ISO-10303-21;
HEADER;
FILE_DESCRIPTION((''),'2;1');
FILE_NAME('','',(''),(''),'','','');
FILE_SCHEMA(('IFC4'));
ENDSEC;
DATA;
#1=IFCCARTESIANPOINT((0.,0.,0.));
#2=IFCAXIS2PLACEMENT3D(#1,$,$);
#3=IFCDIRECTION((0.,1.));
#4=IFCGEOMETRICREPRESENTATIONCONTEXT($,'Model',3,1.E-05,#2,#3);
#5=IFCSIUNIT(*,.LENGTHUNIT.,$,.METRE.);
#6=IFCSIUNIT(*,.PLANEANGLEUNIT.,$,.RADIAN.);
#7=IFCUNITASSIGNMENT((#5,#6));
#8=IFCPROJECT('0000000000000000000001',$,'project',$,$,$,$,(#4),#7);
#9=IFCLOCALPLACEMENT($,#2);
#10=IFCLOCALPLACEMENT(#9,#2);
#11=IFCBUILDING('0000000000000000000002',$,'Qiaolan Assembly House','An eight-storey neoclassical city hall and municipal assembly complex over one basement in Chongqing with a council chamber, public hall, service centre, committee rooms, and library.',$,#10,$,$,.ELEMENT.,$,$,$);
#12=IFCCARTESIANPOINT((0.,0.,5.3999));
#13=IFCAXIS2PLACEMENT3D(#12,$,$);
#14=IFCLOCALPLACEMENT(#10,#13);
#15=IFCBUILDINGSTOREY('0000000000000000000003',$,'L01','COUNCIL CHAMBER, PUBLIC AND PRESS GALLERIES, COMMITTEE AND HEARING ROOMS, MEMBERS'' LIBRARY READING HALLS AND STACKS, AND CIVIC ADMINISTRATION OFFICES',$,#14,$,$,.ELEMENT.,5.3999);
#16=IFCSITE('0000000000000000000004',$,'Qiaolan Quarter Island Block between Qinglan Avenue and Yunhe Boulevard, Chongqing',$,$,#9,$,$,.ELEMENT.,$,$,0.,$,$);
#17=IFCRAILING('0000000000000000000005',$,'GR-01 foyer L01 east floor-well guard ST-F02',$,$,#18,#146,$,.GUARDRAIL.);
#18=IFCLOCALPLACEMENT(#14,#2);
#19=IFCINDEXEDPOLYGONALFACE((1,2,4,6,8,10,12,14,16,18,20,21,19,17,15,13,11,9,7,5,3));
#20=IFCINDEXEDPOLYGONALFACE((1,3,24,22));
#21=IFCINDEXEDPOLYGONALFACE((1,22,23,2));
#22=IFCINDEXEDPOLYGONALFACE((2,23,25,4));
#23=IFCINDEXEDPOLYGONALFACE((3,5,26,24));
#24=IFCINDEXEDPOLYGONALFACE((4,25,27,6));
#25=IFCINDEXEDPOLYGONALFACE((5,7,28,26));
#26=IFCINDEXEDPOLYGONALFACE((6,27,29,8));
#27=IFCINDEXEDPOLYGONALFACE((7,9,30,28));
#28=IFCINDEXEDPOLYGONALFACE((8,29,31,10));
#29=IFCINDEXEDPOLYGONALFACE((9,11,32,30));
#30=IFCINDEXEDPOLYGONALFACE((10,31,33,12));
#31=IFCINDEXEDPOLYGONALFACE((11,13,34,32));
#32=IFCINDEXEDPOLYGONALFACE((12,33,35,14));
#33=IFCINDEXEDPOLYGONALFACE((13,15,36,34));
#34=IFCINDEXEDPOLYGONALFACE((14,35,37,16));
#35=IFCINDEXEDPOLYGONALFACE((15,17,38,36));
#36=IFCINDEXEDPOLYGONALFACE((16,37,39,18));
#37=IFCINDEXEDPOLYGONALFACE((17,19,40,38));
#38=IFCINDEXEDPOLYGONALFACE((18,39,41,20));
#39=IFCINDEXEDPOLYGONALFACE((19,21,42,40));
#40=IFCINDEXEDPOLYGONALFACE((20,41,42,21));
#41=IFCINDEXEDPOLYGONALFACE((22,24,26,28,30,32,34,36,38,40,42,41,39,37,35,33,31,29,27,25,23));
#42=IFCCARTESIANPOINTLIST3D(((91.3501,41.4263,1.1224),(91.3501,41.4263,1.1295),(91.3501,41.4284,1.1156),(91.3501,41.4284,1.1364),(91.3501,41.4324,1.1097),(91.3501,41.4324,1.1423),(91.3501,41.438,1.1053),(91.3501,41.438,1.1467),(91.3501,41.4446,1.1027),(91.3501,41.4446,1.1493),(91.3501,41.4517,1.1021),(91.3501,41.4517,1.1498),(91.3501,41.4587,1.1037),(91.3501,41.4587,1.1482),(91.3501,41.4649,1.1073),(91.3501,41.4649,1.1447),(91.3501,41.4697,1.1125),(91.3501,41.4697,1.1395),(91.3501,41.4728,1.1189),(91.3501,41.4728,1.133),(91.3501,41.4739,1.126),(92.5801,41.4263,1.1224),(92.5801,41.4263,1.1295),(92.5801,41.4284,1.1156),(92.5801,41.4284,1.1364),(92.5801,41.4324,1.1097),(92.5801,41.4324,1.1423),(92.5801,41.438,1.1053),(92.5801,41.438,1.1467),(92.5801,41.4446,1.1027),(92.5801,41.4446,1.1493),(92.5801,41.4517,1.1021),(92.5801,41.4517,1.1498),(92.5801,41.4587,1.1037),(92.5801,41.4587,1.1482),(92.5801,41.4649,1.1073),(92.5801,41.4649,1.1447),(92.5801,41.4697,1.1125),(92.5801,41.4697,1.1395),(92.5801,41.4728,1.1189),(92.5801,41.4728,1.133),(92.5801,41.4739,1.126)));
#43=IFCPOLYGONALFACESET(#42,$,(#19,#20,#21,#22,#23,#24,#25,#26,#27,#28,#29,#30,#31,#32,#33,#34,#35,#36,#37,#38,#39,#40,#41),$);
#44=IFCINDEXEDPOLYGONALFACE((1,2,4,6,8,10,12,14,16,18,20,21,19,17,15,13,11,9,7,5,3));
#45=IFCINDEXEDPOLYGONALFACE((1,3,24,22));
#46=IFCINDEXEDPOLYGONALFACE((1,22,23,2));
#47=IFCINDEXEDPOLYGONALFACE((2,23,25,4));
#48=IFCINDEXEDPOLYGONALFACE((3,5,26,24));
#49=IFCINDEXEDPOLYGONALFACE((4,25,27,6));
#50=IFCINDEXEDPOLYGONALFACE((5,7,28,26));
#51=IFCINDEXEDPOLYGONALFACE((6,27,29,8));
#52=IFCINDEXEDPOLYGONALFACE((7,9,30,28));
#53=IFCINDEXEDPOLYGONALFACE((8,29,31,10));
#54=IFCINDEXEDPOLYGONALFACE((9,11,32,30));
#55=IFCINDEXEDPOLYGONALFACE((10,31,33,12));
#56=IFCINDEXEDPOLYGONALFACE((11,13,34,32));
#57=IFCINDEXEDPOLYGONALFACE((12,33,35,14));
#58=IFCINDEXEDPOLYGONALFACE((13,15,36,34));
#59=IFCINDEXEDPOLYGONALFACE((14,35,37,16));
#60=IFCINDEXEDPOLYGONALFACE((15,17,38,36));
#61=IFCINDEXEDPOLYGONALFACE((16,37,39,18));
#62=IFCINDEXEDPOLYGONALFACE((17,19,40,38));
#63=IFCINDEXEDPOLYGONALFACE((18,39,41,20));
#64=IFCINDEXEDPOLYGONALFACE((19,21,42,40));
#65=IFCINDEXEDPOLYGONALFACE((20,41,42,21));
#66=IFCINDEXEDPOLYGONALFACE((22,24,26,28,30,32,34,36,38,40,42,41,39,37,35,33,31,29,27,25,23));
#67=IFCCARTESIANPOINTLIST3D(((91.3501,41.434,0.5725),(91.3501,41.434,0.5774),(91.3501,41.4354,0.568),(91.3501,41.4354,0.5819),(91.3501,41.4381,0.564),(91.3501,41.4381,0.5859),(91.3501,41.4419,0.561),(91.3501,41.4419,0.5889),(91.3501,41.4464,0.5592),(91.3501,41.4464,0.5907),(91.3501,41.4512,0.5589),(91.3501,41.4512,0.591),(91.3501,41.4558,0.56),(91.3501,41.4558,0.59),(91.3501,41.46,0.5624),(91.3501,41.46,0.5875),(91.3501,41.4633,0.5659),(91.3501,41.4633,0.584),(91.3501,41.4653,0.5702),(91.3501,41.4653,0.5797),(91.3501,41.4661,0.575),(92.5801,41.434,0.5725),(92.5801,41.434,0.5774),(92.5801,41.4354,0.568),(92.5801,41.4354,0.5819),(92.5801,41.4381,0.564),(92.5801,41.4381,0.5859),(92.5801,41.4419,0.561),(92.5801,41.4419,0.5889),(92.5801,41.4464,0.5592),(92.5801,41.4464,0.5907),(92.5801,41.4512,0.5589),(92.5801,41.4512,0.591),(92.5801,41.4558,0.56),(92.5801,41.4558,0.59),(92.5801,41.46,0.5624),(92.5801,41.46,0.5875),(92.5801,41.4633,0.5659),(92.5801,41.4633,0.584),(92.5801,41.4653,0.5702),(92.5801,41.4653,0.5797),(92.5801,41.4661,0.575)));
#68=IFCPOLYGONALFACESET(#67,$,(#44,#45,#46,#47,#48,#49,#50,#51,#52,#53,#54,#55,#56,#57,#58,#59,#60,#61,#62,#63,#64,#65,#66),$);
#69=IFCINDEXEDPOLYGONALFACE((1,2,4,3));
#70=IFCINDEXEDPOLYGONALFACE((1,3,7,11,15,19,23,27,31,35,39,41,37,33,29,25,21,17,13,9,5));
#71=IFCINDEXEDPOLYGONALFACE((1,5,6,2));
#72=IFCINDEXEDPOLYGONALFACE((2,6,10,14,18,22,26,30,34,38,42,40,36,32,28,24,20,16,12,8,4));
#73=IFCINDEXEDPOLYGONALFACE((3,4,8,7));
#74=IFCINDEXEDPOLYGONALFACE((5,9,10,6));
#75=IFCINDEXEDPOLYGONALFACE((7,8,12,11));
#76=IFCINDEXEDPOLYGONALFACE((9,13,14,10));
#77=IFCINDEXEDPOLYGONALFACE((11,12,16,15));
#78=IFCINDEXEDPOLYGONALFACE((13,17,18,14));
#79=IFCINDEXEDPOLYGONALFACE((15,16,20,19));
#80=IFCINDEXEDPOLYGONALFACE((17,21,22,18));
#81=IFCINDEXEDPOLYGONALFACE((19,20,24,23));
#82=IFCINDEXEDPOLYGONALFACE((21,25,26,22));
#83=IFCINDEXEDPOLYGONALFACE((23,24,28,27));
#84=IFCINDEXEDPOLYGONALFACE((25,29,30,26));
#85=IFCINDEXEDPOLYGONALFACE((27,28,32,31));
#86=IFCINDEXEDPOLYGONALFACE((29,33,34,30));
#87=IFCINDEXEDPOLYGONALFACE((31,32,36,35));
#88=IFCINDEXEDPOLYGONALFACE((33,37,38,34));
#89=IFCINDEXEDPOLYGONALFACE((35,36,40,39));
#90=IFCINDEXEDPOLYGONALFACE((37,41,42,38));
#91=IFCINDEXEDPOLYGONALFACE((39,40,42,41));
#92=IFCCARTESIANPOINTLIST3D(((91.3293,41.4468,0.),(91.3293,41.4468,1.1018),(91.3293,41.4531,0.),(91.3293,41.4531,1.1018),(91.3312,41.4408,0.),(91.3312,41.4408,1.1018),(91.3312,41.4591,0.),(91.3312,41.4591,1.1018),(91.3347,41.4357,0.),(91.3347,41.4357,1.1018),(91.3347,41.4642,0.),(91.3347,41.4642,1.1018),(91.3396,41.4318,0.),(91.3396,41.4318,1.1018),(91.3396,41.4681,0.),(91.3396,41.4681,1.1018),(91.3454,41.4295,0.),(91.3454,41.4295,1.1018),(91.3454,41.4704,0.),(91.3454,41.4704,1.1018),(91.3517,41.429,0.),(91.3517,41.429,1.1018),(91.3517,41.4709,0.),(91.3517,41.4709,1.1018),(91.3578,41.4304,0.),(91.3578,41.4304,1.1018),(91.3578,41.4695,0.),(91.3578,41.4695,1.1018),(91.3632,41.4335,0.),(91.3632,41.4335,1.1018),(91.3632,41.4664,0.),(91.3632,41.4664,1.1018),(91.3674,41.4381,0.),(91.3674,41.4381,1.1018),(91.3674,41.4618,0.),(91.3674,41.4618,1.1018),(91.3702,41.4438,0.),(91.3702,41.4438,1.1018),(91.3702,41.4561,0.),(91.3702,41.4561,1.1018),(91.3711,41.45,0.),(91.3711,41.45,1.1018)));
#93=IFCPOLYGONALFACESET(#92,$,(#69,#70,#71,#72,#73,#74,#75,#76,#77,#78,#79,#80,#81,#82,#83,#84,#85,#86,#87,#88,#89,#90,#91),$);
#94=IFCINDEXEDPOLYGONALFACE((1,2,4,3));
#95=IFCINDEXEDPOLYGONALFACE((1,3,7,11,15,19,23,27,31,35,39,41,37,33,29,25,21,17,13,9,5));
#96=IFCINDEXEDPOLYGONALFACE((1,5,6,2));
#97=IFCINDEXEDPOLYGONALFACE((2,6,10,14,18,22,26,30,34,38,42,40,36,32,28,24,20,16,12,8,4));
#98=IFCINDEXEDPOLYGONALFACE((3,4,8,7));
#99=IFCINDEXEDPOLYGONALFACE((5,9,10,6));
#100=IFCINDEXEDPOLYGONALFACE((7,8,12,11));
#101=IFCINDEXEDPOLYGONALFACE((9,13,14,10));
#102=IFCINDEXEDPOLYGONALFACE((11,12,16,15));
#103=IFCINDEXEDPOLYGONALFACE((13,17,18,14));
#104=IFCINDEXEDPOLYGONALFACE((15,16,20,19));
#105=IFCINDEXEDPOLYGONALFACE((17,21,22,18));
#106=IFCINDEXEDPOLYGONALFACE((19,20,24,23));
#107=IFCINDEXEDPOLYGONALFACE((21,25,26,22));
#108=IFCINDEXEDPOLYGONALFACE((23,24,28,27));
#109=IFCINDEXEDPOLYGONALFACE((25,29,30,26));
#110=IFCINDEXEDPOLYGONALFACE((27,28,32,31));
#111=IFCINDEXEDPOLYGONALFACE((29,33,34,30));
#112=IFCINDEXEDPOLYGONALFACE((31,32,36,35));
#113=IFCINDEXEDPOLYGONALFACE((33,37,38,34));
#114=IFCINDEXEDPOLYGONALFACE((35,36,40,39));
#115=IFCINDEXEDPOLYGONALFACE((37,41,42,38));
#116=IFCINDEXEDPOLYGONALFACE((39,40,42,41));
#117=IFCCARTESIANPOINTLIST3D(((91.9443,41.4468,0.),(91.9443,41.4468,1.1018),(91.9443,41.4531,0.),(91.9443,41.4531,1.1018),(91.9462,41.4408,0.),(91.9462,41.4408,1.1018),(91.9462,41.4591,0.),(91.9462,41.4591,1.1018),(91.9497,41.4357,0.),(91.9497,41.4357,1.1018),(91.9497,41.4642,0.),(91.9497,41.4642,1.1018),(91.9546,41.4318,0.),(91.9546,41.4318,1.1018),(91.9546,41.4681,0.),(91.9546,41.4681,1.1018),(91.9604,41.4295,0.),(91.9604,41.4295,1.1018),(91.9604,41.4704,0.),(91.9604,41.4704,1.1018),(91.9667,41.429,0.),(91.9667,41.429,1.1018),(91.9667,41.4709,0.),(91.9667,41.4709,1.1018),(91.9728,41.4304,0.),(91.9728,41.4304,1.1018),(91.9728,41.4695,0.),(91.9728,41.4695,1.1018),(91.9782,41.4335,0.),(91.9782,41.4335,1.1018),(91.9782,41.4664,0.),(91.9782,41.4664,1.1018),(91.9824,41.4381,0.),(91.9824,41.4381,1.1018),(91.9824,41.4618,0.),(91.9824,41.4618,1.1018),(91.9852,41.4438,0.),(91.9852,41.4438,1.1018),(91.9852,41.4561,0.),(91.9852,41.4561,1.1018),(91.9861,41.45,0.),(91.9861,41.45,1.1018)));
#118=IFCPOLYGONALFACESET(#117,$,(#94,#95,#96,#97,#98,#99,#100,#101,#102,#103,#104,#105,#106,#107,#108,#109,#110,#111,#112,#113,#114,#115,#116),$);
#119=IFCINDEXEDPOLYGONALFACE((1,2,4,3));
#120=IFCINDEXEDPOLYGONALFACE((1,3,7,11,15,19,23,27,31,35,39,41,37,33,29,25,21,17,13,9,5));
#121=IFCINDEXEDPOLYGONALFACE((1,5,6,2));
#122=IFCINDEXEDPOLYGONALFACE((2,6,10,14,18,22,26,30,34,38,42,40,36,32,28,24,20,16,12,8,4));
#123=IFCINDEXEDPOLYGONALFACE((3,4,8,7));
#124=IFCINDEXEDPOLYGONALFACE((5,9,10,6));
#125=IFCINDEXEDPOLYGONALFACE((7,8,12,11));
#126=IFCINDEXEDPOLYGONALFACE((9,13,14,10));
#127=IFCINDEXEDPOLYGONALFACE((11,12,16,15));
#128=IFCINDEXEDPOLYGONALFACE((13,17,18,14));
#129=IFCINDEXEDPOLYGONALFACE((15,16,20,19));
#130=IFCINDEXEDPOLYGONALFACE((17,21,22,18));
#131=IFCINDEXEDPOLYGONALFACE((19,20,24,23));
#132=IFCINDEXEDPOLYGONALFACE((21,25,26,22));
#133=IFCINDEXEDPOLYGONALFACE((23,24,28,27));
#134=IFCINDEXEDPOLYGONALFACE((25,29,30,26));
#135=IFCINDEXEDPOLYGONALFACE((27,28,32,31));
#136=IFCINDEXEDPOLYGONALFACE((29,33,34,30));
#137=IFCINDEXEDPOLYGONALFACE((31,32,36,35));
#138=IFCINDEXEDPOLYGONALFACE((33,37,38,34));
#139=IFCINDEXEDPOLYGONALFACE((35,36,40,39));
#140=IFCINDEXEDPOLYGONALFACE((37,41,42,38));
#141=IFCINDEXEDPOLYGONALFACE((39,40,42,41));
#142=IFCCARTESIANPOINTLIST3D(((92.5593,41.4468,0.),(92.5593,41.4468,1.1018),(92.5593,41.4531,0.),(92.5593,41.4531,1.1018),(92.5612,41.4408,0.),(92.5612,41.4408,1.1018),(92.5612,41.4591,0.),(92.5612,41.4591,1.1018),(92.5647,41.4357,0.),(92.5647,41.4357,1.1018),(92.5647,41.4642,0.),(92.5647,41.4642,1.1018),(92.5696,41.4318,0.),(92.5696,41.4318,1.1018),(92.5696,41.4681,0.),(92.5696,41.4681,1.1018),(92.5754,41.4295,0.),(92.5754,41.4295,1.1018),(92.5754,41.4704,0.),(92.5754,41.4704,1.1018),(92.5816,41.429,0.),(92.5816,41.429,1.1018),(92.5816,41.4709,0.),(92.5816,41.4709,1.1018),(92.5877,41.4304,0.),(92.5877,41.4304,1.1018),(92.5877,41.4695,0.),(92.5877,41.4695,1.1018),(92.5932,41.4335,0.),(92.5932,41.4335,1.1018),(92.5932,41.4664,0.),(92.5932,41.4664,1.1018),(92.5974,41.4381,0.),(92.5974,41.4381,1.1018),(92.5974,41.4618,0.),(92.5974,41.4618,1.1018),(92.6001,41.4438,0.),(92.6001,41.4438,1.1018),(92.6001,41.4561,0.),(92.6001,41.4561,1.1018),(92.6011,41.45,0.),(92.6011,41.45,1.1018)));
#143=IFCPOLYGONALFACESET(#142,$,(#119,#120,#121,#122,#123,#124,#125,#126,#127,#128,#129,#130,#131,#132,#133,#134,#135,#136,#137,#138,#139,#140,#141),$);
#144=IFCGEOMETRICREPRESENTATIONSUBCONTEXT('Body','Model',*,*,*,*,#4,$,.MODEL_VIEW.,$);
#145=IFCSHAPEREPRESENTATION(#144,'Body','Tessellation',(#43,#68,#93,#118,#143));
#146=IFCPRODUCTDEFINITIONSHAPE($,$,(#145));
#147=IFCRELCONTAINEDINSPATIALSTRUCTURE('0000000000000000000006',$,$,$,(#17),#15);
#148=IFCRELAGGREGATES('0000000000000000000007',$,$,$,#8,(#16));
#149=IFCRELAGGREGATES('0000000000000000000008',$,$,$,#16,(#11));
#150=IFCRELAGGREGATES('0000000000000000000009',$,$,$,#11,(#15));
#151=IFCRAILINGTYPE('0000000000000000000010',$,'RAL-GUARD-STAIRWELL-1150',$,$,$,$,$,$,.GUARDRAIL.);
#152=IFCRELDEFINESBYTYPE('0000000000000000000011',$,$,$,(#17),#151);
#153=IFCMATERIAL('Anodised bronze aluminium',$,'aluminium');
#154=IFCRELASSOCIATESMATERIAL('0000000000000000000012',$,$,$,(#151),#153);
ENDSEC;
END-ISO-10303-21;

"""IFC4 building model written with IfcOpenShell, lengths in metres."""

from ifc_helpers import new_model, si_unit, direction, frame, origin, origin_2d, place, context, subcontext, project, spatial, circle, extrude, material, type_object, element, save


model = new_model("IFC4")

# Units and contexts
model_context = context("Model", 3, precision=1e-05, world=origin(), true_north=direction((0.0, 1.0)))
body_context = subcontext(model_context, "Body", "Model", "MODEL_VIEW")
ifc_project = project(units=[si_unit("LENGTHUNIT", "METRE"), si_unit("PLANEANGLEUNIT", "RADIAN")], contexts=[model_context])

# Site, building, storey
site_placement = place(None, origin())
site = spatial("IfcSite", under=ifc_project, at=site_placement, Name="Qiaolan Quarter Island Block between Qinglan Avenue and Yunhe Boulevard, Chongqing", CompositionType="ELEMENT", RefElevation=0.0)
building_placement = place(site_placement, origin())
building = spatial("IfcBuilding", under=site, at=building_placement, Name="Qiaolan Assembly House", Description="An eight-storey neoclassical city hall and municipal assembly complex over one basement in Chongqing with a council chamber, public hall, service centre, committee rooms, and library.", CompositionType="ELEMENT")
storey_placement = place(building_placement, frame((0.0, 0.0, 5.3999)))
storey = spatial("IfcBuildingStorey", under=building, at=storey_placement, Name="L01", Description="COUNCIL CHAMBER, PUBLIC AND PRESS GALLERIES, COMMITTEE AND HEARING ROOMS, MEMBERS' LIBRARY READING HALLS AND STACKS, AND CIVIC ADMINISTRATION OFFICES", CompositionType="ELEMENT", Elevation=5.3999)

# Railing
ifc_material_1 = material(Name="Anodised bronze aluminium", Category="aluminium")
railing_type = type_object("IfcRailingType", Name="RAL-GUARD-STAIRWELL-1150", PredefinedType="GUARDRAIL", material=ifc_material_1)
railing_1_placement = place(storey_placement, frame((91.3501, 41.45, 0.0)))
element("IfcRailing", 1, at=railing_1_placement, inside=storey, type_object=railing_type, Name="GR-01 foyer L01 east floor-well guard ST-F02", PredefinedType="GUARDRAIL", context=body_context, shape_type="SweptSolid", body=[
    extrude(circle(Radius=0.0239, at=origin_2d()), frame((0.0, 0.0, 1.126), z_axis=(1.0, 0.0, 0.0), x_axis=(0.0, 1.0, 0.0)), (0.0, 0.0, 1.0), 1.23),
    extrude(circle(Radius=0.0161, at=origin_2d()), frame((0.0, 0.0, 0.575), z_axis=(1.0, 0.0, 0.0), x_axis=(0.0, 1.0, 0.0)), (0.0, 0.0, 1.0), 1.23),
    extrude(circle(Radius=0.021, at=origin_2d()), origin(), (0.0, 0.0, 1.0), 1.1018),
    extrude(circle(Radius=0.021, at=origin_2d()), frame((0.615, 0.0, 0.0)), (0.0, 0.0, 1.0), 1.1018),
    extrude(circle(Radius=0.021, at=origin_2d()), frame((1.23, 0.0, 0.0)), (0.0, 0.0, 1.0), 1.1018),
])

save(model, "model.ifc")
